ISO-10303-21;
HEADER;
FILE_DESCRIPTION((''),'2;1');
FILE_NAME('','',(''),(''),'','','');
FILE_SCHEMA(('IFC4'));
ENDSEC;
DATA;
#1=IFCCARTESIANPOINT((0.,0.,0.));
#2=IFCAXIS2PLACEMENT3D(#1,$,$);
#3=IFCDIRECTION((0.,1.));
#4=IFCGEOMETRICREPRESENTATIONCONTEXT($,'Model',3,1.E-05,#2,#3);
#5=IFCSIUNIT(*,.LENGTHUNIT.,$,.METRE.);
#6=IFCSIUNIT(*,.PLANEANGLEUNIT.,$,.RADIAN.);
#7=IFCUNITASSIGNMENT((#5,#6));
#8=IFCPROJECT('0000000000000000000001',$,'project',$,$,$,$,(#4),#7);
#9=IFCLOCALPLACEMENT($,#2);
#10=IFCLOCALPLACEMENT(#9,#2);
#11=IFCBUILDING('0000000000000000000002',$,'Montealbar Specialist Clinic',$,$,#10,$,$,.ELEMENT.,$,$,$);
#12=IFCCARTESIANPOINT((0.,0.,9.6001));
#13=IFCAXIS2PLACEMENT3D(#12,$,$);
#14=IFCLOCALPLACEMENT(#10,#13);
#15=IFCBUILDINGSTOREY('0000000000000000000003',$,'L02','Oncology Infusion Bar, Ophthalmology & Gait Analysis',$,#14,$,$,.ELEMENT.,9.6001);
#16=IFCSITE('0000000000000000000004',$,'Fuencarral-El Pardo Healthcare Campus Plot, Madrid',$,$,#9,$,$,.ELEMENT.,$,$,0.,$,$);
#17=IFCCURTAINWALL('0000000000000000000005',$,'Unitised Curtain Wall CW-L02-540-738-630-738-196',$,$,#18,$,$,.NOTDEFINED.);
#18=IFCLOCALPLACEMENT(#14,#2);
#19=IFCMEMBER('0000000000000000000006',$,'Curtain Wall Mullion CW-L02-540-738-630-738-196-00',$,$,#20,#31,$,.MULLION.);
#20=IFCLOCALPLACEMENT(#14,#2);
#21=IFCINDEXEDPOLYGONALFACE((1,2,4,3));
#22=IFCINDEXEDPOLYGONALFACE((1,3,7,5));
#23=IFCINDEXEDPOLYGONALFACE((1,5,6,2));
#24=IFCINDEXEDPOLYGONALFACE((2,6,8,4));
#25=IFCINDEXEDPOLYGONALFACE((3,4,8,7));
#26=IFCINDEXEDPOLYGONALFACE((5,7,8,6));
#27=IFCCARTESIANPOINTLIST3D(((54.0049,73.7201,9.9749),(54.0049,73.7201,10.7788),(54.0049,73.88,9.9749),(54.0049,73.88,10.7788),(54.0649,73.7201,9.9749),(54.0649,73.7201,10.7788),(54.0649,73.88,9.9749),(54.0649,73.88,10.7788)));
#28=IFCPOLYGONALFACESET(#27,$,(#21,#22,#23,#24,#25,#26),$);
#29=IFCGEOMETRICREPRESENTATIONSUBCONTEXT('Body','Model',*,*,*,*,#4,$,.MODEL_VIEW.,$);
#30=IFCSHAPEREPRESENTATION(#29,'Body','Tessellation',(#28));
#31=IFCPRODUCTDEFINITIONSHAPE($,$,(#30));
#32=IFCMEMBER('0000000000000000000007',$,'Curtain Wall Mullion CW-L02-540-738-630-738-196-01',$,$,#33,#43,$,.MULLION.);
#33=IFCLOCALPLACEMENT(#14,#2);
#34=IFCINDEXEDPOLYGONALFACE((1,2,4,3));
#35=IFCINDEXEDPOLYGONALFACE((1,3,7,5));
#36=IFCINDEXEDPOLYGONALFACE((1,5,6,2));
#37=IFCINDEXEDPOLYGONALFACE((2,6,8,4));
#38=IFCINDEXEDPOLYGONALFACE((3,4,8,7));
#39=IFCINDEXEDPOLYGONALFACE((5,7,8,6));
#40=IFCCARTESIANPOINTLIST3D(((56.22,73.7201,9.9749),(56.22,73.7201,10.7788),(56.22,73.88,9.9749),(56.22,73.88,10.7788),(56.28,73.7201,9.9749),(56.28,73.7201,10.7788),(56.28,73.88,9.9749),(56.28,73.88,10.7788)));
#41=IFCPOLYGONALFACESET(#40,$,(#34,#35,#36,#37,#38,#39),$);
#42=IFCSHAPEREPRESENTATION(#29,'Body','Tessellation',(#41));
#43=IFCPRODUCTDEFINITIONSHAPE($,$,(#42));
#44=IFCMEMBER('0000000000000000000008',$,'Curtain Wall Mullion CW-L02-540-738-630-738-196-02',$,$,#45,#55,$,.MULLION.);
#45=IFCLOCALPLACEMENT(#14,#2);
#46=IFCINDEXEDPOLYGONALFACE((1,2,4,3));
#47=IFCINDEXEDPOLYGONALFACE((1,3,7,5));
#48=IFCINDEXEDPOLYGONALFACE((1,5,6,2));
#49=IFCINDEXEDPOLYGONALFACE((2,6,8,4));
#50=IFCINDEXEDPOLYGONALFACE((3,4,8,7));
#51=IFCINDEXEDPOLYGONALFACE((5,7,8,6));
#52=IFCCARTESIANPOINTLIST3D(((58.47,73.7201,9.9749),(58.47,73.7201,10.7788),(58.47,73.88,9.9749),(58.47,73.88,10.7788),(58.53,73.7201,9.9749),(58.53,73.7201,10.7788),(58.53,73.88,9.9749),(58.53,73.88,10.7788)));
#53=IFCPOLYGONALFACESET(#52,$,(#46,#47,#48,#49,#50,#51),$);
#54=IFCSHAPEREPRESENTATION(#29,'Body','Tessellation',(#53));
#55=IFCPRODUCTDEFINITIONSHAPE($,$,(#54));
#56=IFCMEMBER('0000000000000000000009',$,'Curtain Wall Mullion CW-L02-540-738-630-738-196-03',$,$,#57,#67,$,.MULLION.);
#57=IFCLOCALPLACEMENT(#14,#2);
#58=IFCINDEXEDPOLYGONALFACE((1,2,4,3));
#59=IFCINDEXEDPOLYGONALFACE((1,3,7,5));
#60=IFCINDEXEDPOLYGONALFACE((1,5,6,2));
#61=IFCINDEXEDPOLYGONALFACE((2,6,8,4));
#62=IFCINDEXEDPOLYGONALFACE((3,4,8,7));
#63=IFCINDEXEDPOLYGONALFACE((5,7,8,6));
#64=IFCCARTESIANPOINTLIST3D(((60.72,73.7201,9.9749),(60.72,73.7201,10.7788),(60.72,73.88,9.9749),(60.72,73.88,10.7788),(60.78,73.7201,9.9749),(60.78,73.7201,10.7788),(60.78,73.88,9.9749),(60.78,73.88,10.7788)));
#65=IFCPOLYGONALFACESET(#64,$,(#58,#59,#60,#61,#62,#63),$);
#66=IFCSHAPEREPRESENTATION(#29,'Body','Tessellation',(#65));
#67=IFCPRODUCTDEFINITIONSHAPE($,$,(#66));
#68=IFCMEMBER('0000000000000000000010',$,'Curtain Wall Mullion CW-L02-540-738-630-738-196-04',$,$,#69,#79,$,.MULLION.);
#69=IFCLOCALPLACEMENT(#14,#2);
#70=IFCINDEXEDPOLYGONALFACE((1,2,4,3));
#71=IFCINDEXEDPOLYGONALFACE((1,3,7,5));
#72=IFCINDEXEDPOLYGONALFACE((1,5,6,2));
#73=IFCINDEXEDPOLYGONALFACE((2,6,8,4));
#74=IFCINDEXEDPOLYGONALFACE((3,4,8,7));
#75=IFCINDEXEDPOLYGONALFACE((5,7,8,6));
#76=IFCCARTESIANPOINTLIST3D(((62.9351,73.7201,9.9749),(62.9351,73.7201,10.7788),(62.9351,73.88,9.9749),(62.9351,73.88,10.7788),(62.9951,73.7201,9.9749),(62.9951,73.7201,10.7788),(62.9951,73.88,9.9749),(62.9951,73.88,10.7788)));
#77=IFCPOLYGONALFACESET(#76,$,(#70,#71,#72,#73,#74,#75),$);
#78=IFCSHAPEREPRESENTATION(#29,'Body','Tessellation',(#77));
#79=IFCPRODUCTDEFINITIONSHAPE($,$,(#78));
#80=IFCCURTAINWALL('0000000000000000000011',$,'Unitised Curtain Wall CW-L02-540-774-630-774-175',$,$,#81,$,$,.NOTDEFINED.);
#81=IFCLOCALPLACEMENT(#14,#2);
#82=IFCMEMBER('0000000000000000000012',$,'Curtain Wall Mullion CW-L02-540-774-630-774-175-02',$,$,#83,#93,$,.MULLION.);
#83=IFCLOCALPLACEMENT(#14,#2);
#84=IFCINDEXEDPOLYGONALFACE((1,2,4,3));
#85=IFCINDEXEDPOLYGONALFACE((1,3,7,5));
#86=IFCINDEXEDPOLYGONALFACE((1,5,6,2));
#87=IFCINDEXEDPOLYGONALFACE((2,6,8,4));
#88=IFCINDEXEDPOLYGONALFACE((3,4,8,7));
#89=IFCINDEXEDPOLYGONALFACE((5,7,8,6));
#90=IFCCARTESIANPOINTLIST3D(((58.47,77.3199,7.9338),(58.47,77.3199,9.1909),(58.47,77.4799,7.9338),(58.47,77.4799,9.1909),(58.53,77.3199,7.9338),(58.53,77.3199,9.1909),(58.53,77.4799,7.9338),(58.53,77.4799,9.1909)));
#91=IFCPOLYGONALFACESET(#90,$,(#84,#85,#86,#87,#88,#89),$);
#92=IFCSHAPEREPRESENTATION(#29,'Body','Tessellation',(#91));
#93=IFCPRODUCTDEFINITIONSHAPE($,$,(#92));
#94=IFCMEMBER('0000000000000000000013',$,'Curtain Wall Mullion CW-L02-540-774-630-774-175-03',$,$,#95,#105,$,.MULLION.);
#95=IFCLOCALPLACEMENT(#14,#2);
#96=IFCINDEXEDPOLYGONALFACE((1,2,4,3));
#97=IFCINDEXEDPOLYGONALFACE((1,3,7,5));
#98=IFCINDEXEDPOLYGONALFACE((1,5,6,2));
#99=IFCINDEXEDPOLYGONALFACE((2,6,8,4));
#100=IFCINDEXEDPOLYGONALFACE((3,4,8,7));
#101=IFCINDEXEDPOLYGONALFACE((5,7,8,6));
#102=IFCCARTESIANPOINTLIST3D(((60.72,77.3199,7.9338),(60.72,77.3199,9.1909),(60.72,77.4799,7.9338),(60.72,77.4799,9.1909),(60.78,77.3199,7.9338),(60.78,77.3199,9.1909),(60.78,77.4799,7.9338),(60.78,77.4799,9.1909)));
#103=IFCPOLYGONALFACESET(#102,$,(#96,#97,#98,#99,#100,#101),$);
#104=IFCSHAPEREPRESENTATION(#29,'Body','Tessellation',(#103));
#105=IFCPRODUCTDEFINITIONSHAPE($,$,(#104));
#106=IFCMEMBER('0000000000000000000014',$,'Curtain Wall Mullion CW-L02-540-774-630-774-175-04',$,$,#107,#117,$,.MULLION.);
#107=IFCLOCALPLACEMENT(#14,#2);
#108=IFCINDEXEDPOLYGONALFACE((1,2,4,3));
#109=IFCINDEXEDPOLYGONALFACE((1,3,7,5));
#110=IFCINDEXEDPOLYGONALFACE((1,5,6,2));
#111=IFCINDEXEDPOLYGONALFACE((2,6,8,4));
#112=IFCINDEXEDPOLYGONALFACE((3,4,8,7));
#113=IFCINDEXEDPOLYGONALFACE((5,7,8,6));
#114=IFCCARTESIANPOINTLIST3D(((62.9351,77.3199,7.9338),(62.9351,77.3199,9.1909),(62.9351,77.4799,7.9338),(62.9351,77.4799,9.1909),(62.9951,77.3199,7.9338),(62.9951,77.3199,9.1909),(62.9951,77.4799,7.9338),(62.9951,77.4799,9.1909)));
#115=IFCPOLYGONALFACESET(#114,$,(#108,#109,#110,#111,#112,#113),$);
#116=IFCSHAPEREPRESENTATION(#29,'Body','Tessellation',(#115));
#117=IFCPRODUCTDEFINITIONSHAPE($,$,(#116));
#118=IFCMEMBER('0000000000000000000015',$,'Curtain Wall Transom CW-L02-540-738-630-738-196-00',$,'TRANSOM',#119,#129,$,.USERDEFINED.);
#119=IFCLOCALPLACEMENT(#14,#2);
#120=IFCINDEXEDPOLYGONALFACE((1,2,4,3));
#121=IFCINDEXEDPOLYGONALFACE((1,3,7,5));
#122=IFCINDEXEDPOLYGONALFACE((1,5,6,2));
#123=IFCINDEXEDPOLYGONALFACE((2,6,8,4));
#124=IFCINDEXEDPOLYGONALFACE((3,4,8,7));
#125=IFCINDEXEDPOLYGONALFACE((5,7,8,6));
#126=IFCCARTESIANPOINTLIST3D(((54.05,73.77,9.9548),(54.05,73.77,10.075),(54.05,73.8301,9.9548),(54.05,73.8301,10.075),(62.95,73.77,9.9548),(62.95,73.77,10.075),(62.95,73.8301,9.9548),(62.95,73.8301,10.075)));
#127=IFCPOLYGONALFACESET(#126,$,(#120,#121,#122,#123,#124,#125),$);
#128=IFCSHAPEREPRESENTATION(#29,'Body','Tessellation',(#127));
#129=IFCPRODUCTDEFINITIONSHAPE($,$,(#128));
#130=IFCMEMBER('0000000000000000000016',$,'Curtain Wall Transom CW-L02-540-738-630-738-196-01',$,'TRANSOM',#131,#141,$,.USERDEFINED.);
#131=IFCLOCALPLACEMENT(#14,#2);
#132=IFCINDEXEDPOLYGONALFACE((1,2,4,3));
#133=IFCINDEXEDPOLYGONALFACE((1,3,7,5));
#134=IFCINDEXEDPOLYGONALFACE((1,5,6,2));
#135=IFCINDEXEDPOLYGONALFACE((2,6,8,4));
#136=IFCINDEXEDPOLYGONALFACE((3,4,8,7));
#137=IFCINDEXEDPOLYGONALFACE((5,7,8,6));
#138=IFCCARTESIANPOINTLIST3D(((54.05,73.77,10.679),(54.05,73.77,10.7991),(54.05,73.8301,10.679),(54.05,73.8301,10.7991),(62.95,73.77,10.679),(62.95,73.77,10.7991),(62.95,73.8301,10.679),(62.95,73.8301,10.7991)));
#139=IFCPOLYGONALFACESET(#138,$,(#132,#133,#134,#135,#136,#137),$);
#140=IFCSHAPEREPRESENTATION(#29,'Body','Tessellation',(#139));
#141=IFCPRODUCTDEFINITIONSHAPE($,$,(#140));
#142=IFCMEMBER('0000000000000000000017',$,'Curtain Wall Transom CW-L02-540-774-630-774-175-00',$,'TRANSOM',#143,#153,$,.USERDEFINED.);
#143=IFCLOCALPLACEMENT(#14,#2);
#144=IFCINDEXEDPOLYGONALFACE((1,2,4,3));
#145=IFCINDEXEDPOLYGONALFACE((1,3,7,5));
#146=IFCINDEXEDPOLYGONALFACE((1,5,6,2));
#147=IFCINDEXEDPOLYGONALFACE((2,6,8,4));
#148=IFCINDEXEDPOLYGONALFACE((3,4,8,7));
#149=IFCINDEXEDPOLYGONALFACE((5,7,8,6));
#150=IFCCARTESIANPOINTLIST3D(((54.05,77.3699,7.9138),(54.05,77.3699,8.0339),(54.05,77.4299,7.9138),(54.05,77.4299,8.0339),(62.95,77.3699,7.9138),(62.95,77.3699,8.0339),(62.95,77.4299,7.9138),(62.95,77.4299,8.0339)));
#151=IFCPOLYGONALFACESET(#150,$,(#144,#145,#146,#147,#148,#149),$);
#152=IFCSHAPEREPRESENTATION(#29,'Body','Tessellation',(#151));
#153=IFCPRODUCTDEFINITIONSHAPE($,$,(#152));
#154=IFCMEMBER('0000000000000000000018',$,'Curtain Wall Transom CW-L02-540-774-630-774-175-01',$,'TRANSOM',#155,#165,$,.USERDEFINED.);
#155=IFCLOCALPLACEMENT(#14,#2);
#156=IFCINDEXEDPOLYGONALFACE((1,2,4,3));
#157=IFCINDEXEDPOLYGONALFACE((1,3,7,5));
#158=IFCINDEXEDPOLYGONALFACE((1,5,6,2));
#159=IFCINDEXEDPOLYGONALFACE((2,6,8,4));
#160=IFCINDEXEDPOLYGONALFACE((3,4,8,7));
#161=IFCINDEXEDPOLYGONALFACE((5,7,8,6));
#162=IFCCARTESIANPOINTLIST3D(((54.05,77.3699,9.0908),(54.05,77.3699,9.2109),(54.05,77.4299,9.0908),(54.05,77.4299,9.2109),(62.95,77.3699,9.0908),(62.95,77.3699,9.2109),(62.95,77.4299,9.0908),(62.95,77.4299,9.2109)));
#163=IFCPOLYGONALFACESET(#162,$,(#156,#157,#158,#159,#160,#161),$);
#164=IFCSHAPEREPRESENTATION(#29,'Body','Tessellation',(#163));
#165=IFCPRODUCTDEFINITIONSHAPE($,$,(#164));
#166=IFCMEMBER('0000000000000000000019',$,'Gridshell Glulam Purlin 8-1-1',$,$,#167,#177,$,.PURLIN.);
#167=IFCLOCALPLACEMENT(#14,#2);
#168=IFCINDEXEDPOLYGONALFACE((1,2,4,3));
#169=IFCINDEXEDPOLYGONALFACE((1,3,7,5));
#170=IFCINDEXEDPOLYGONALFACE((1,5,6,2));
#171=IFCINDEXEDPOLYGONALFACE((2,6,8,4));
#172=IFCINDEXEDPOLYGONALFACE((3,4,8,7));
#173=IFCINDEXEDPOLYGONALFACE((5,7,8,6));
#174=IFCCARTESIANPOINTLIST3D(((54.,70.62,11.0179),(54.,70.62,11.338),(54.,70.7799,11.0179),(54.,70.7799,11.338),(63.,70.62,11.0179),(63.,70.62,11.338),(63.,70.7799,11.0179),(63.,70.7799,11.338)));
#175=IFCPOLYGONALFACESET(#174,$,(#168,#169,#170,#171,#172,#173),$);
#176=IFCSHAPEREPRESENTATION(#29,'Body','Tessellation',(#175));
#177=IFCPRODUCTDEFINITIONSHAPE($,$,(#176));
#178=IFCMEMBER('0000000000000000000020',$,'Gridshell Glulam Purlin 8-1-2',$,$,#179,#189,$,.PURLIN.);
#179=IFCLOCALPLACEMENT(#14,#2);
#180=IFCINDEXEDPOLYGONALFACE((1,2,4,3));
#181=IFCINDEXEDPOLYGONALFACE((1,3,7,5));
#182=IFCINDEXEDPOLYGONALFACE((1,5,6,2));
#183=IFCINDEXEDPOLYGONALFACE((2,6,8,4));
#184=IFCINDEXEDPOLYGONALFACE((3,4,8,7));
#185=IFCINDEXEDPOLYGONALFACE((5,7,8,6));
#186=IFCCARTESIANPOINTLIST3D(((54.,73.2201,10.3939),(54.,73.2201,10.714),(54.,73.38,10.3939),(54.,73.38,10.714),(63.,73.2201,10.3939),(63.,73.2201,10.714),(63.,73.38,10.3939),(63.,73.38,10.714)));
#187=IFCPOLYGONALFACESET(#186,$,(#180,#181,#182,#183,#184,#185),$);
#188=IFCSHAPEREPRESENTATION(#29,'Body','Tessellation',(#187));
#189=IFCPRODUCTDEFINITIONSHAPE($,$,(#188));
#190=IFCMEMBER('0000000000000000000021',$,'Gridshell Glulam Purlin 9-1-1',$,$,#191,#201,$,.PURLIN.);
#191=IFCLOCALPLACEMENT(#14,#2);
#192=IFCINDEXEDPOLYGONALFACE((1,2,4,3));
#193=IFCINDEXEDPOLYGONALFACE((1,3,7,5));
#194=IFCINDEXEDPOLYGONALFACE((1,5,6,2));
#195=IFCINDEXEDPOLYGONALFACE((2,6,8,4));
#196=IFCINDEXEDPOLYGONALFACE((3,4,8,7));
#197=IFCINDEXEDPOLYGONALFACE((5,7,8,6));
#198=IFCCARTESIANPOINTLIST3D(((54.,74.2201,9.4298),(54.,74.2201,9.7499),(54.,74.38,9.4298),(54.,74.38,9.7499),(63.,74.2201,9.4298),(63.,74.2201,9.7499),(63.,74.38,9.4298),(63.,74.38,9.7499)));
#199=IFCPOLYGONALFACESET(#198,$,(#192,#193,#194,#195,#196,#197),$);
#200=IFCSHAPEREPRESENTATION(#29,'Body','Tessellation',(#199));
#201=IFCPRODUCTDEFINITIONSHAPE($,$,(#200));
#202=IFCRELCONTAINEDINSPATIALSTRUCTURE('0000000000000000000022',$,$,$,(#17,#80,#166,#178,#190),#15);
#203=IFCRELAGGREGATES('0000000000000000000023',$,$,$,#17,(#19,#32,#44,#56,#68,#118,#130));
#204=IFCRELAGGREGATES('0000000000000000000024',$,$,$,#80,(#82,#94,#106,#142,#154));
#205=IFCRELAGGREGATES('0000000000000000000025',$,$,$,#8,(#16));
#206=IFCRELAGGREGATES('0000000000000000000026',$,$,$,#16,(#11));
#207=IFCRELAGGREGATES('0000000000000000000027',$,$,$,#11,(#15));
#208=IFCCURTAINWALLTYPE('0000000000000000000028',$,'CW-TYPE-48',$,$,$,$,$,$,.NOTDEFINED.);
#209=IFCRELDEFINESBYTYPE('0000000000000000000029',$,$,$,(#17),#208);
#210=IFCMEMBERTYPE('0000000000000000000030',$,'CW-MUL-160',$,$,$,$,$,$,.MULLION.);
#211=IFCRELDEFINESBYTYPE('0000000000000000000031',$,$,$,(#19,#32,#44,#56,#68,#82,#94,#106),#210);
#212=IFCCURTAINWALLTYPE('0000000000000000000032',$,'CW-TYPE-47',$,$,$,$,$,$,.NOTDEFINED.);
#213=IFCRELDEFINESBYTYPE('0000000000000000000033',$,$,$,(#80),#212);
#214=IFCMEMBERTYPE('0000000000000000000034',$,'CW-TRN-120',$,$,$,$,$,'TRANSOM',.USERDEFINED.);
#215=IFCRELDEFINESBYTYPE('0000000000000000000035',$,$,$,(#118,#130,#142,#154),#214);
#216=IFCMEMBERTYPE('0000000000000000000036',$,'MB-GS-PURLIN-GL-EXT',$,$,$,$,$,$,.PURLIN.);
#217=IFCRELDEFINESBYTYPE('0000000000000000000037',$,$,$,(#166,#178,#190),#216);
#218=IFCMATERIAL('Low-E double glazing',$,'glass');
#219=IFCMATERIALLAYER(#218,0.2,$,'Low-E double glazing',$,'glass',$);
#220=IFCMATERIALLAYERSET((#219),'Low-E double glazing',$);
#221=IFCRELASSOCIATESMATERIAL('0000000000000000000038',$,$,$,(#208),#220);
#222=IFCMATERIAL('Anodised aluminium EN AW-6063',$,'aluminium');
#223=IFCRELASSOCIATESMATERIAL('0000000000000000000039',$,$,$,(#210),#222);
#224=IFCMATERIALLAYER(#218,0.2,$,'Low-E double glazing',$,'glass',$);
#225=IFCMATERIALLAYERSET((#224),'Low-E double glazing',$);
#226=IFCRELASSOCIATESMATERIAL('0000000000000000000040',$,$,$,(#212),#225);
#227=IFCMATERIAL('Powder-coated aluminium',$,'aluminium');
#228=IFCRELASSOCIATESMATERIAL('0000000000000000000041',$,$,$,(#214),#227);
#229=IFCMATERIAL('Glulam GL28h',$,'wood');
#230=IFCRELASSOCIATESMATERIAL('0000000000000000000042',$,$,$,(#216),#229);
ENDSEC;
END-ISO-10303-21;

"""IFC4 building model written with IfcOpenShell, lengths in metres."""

from ifc_helpers import new_model, si_unit, direction, frame, origin, origin_2d, place, context, subcontext, project, spatial, rectangle, extrude, material, layer, layer_set, material_profile, profile_set, type_object, element, aggregate, save


model = new_model("IFC4")

# Units and contexts
model_context = context("Model", 3, precision=1e-05, world=origin(), true_north=direction((0.0, 1.0)))
body_context = subcontext(model_context, "Body", "Model", "MODEL_VIEW")
ifc_project = project(units=[si_unit("LENGTHUNIT", "METRE"), si_unit("PLANEANGLEUNIT", "RADIAN")], contexts=[model_context])

# Site, building, storey
site_placement = place(None, origin())
site = spatial("IfcSite", under=ifc_project, at=site_placement, Name="Fuencarral-El Pardo Healthcare Campus Plot, Madrid", CompositionType="ELEMENT", RefElevation=0.0)
building_placement = place(site_placement, origin())
building = spatial("IfcBuilding", under=site, at=building_placement, Name="Montealbar Specialist Clinic", CompositionType="ELEMENT")
storey_placement = place(building_placement, frame((0.0, 0.0, 9.6001)))
storey = spatial("IfcBuildingStorey", under=building, at=storey_placement, Name="L02", Description="Oncology Infusion Bar, Ophthalmology & Gait Analysis", CompositionType="ELEMENT", Elevation=9.6001)

# Curtain walls, members
ifc_material_1 = material(Name="Low-E double glazing", Category="glass")
ifc_layer_1 = layer(ifc_material_1, 0.2, Name="Low-E double glazing", Category="glass")
ifc_layer_set_1 = layer_set([ifc_layer_1], Name="Low-E double glazing")
curtain_wall_type_1 = type_object("IfcCurtainWallType", Name="CW-TYPE-48", PredefinedType="NOTDEFINED", material=ifc_layer_set_1)
curtain_wall_1_placement = place(storey_placement, origin())
curtain_wall_1 = element("IfcCurtainWall", 1, at=curtain_wall_1_placement, inside=storey, type_object=curtain_wall_type_1, Name="Unitised Curtain Wall CW-L02-540-738-630-738-196", PredefinedType="NOTDEFINED")
ifc_material_2 = material(Name="Anodised aluminium EN AW-6063", Category="aluminium")
ifc_material_profile_1 = material_profile(ifc_material_2, rectangle(XDim=0.0601, YDim=0.1599, at=origin_2d()), Name="ALU 60x160", Category="aluminium")
ifc_profile_set_1 = profile_set([ifc_material_profile_1], Name="Anodised aluminium EN AW-6063")
member_type_1 = type_object("IfcMemberType", Name="CW-MUL-160", PredefinedType="MULLION", material=ifc_profile_set_1)
member_1_placement = place(storey_placement, frame((54.0349, 73.8, 9.9749), z_axis=(0.0, 0.0, 1.0), x_axis=(1.0, 0.0, 0.0)))
member_1 = element("IfcMember", 2, at=member_1_placement, type_object=member_type_1, Name="Curtain Wall Mullion CW-L02-540-738-630-738-196-00", PredefinedType="MULLION", context=body_context, shape_type="SweptSolid", body=[
    extrude(rectangle(XDim=0.0601, YDim=0.1599, at=origin_2d()), origin(), (0.0, 0.0, 1.0), 0.804),
])
member_2_placement = place(storey_placement, frame((56.25, 73.8, 9.9749), z_axis=(0.0, 0.0, 1.0), x_axis=(1.0, 0.0, 0.0)))
member_2 = element("IfcMember", 3, at=member_2_placement, type_object=member_type_1, Name="Curtain Wall Mullion CW-L02-540-738-630-738-196-01", PredefinedType="MULLION", context=body_context, shape_type="SweptSolid", body=[
    extrude(rectangle(XDim=0.0601, YDim=0.1599, at=origin_2d()), origin(), (0.0, 0.0, 1.0), 0.804),
])
member_3_placement = place(storey_placement, frame((58.5, 73.8, 9.9749), z_axis=(0.0, 0.0, 1.0), x_axis=(1.0, 0.0, 0.0)))
member_3 = element("IfcMember", 4, at=member_3_placement, type_object=member_type_1, Name="Curtain Wall Mullion CW-L02-540-738-630-738-196-02", PredefinedType="MULLION", context=body_context, shape_type="SweptSolid", body=[
    extrude(rectangle(XDim=0.0601, YDim=0.1599, at=origin_2d()), origin(), (0.0, 0.0, 1.0), 0.804),
])
member_4_placement = place(storey_placement, frame((60.75, 73.8, 9.9749), z_axis=(0.0, 0.0, 1.0), x_axis=(1.0, 0.0, 0.0)))
member_4 = element("IfcMember", 5, at=member_4_placement, type_object=member_type_1, Name="Curtain Wall Mullion CW-L02-540-738-630-738-196-03", PredefinedType="MULLION", context=body_context, shape_type="SweptSolid", body=[
    extrude(rectangle(XDim=0.0601, YDim=0.1599, at=origin_2d()), origin(), (0.0, 0.0, 1.0), 0.804),
])
member_5_placement = place(storey_placement, frame((62.9651, 73.8, 9.9749), z_axis=(0.0, 0.0, 1.0), x_axis=(1.0, 0.0, 0.0)))
member_5 = element("IfcMember", 6, at=member_5_placement, type_object=member_type_1, Name="Curtain Wall Mullion CW-L02-540-738-630-738-196-04", PredefinedType="MULLION", context=body_context, shape_type="SweptSolid", body=[
    extrude(rectangle(XDim=0.0601, YDim=0.1599, at=origin_2d()), origin(), (0.0, 0.0, 1.0), 0.804),
])
ifc_layer_2 = layer(ifc_material_1, 0.2, Name="Low-E double glazing", Category="glass")
ifc_layer_set_2 = layer_set([ifc_layer_2], Name="Low-E double glazing")
curtain_wall_type_2 = type_object("IfcCurtainWallType", Name="CW-TYPE-47", PredefinedType="NOTDEFINED", material=ifc_layer_set_2)
curtain_wall_2_placement = place(storey_placement, origin())
curtain_wall_2 = element("IfcCurtainWall", 7, at=curtain_wall_2_placement, inside=storey, type_object=curtain_wall_type_2, Name="Unitised Curtain Wall CW-L02-540-774-630-774-175", PredefinedType="NOTDEFINED")
member_6_placement = place(storey_placement, frame((58.5, 77.3999, 7.9338), z_axis=(0.0, 0.0, 1.0), x_axis=(1.0, 0.0, 0.0)))
member_6 = element("IfcMember", 8, at=member_6_placement, type_object=member_type_1, Name="Curtain Wall Mullion CW-L02-540-774-630-774-175-02", PredefinedType="MULLION", context=body_context, shape_type="SweptSolid", body=[
    extrude(rectangle(XDim=0.0601, YDim=0.1599, at=origin_2d()), origin(), (0.0, 0.0, 1.0), 1.2571),
])
member_7_placement = place(storey_placement, frame((60.75, 77.3999, 7.9338), z_axis=(0.0, 0.0, 1.0), x_axis=(1.0, 0.0, 0.0)))
member_7 = element("IfcMember", 9, at=member_7_placement, type_object=member_type_1, Name="Curtain Wall Mullion CW-L02-540-774-630-774-175-03", PredefinedType="MULLION", context=body_context, shape_type="SweptSolid", body=[
    extrude(rectangle(XDim=0.0601, YDim=0.1599, at=origin_2d()), origin(), (0.0, 0.0, 1.0), 1.2571),
])
member_8_placement = place(storey_placement, frame((62.9651, 77.3999, 7.9338), z_axis=(0.0, 0.0, 1.0), x_axis=(1.0, 0.0, 0.0)))
member_8 = element("IfcMember", 10, at=member_8_placement, type_object=member_type_1, Name="Curtain Wall Mullion CW-L02-540-774-630-774-175-04", PredefinedType="MULLION", context=body_context, shape_type="SweptSolid", body=[
    extrude(rectangle(XDim=0.0601, YDim=0.1599, at=origin_2d()), origin(), (0.0, 0.0, 1.0), 1.2571),
])

# Members
ifc_material_3 = material(Name="Powder-coated aluminium", Category="aluminium")
ifc_material_profile_2 = material_profile(ifc_material_3, rectangle(XDim=0.0601, YDim=0.1201, at=origin_2d()), Name="ALU 60x120", Category="aluminium")
ifc_profile_set_2 = profile_set([ifc_material_profile_2], Name="Powder-coated aluminium")
member_type_2 = type_object("IfcMemberType", Name="CW-TRN-120", ElementType="TRANSOM", PredefinedType="USERDEFINED", material=ifc_profile_set_2)
member_9_placement = place(storey_placement, frame((54.05, 73.8, 10.0149), z_axis=(1.0, 0.0, 0.0), x_axis=(0.0, 1.0, 0.0)))
member_9 = element("IfcMember", 11, at=member_9_placement, type_object=member_type_2, Name="Curtain Wall Transom CW-L02-540-738-630-738-196-00", ObjectType="TRANSOM", PredefinedType="USERDEFINED", context=body_context, shape_type="SweptSolid", body=[
    extrude(rectangle(XDim=0.0601, YDim=0.1201, at=origin_2d()), origin(), (0.0, 0.0, 1.0), 8.8999),
])
member_10_placement = place(storey_placement, frame((54.05, 73.8, 10.739), z_axis=(1.0, 0.0, 0.0), x_axis=(0.0, 1.0, 0.0)))
member_10 = element("IfcMember", 12, at=member_10_placement, type_object=member_type_2, Name="Curtain Wall Transom CW-L02-540-738-630-738-196-01", ObjectType="TRANSOM", PredefinedType="USERDEFINED", context=body_context, shape_type="SweptSolid", body=[
    extrude(rectangle(XDim=0.0601, YDim=0.1201, at=origin_2d()), origin(), (0.0, 0.0, 1.0), 8.8999),
])
member_11_placement = place(storey_placement, frame((54.05, 77.3999, 7.9739), z_axis=(1.0, 0.0, 0.0), x_axis=(0.0, 1.0, 0.0)))
member_11 = element("IfcMember", 13, at=member_11_placement, type_object=member_type_2, Name="Curtain Wall Transom CW-L02-540-774-630-774-175-00", ObjectType="TRANSOM", PredefinedType="USERDEFINED", context=body_context, shape_type="SweptSolid", body=[
    extrude(rectangle(XDim=0.0601, YDim=0.1201, at=origin_2d()), origin(), (0.0, 0.0, 1.0), 8.8999),
])
member_12_placement = place(storey_placement, frame((54.05, 77.3999, 9.1509), z_axis=(1.0, 0.0, 0.0), x_axis=(0.0, 1.0, 0.0)))
member_12 = element("IfcMember", 14, at=member_12_placement, type_object=member_type_2, Name="Curtain Wall Transom CW-L02-540-774-630-774-175-01", ObjectType="TRANSOM", PredefinedType="USERDEFINED", context=body_context, shape_type="SweptSolid", body=[
    extrude(rectangle(XDim=0.0601, YDim=0.1201, at=origin_2d()), origin(), (0.0, 0.0, 1.0), 8.8999),
])

# Members
ifc_material_4 = material(Name="Glulam GL28h", Category="wood")
ifc_material_profile_3 = material_profile(ifc_material_4, rectangle(XDim=0.1599, YDim=0.3201, at=origin_2d()), Name="GL28h 160x320", Category="wood")
ifc_profile_set_3 = profile_set([ifc_material_profile_3], Name="Glulam GL28h")
member_type_3 = type_object("IfcMemberType", Name="MB-GS-PURLIN-GL-EXT", PredefinedType="PURLIN", material=ifc_profile_set_3)
for number, where, z_axis, x_axis, name in (
    (15, (54.0, 70.7, 11.178), (1.0, 0.0, 0.0), (0.0, 1.0, 0.0), "Gridshell Glulam Purlin 8-1-1"),
    (16, (54.0, 73.3, 10.554), (1.0, 0.0, 0.0), (0.0, 1.0, 0.0), "Gridshell Glulam Purlin 8-1-2"),
    (17, (54.0, 74.3, 9.5898), (1.0, 0.0, 0.0), (0.0, 1.0, 0.0), "Gridshell Glulam Purlin 9-1-1"),
):
    element("IfcMember", number, at=place(storey_placement, frame(where, z_axis=z_axis, x_axis=x_axis)), inside=storey, type_object=member_type_3, Name=name, PredefinedType="PURLIN", context=body_context, shape_type="SweptSolid", body=[
        extrude(rectangle(XDim=0.1599, YDim=0.3201, at=origin_2d()), origin(), (0.0, 0.0, 1.0), 9.0),
    ])

aggregate(curtain_wall_1, [member_1, member_2, member_3, member_4, member_5, member_9, member_10])
aggregate(curtain_wall_2, [member_6, member_7, member_8, member_11, member_12])

save(model, "model.ifc")
